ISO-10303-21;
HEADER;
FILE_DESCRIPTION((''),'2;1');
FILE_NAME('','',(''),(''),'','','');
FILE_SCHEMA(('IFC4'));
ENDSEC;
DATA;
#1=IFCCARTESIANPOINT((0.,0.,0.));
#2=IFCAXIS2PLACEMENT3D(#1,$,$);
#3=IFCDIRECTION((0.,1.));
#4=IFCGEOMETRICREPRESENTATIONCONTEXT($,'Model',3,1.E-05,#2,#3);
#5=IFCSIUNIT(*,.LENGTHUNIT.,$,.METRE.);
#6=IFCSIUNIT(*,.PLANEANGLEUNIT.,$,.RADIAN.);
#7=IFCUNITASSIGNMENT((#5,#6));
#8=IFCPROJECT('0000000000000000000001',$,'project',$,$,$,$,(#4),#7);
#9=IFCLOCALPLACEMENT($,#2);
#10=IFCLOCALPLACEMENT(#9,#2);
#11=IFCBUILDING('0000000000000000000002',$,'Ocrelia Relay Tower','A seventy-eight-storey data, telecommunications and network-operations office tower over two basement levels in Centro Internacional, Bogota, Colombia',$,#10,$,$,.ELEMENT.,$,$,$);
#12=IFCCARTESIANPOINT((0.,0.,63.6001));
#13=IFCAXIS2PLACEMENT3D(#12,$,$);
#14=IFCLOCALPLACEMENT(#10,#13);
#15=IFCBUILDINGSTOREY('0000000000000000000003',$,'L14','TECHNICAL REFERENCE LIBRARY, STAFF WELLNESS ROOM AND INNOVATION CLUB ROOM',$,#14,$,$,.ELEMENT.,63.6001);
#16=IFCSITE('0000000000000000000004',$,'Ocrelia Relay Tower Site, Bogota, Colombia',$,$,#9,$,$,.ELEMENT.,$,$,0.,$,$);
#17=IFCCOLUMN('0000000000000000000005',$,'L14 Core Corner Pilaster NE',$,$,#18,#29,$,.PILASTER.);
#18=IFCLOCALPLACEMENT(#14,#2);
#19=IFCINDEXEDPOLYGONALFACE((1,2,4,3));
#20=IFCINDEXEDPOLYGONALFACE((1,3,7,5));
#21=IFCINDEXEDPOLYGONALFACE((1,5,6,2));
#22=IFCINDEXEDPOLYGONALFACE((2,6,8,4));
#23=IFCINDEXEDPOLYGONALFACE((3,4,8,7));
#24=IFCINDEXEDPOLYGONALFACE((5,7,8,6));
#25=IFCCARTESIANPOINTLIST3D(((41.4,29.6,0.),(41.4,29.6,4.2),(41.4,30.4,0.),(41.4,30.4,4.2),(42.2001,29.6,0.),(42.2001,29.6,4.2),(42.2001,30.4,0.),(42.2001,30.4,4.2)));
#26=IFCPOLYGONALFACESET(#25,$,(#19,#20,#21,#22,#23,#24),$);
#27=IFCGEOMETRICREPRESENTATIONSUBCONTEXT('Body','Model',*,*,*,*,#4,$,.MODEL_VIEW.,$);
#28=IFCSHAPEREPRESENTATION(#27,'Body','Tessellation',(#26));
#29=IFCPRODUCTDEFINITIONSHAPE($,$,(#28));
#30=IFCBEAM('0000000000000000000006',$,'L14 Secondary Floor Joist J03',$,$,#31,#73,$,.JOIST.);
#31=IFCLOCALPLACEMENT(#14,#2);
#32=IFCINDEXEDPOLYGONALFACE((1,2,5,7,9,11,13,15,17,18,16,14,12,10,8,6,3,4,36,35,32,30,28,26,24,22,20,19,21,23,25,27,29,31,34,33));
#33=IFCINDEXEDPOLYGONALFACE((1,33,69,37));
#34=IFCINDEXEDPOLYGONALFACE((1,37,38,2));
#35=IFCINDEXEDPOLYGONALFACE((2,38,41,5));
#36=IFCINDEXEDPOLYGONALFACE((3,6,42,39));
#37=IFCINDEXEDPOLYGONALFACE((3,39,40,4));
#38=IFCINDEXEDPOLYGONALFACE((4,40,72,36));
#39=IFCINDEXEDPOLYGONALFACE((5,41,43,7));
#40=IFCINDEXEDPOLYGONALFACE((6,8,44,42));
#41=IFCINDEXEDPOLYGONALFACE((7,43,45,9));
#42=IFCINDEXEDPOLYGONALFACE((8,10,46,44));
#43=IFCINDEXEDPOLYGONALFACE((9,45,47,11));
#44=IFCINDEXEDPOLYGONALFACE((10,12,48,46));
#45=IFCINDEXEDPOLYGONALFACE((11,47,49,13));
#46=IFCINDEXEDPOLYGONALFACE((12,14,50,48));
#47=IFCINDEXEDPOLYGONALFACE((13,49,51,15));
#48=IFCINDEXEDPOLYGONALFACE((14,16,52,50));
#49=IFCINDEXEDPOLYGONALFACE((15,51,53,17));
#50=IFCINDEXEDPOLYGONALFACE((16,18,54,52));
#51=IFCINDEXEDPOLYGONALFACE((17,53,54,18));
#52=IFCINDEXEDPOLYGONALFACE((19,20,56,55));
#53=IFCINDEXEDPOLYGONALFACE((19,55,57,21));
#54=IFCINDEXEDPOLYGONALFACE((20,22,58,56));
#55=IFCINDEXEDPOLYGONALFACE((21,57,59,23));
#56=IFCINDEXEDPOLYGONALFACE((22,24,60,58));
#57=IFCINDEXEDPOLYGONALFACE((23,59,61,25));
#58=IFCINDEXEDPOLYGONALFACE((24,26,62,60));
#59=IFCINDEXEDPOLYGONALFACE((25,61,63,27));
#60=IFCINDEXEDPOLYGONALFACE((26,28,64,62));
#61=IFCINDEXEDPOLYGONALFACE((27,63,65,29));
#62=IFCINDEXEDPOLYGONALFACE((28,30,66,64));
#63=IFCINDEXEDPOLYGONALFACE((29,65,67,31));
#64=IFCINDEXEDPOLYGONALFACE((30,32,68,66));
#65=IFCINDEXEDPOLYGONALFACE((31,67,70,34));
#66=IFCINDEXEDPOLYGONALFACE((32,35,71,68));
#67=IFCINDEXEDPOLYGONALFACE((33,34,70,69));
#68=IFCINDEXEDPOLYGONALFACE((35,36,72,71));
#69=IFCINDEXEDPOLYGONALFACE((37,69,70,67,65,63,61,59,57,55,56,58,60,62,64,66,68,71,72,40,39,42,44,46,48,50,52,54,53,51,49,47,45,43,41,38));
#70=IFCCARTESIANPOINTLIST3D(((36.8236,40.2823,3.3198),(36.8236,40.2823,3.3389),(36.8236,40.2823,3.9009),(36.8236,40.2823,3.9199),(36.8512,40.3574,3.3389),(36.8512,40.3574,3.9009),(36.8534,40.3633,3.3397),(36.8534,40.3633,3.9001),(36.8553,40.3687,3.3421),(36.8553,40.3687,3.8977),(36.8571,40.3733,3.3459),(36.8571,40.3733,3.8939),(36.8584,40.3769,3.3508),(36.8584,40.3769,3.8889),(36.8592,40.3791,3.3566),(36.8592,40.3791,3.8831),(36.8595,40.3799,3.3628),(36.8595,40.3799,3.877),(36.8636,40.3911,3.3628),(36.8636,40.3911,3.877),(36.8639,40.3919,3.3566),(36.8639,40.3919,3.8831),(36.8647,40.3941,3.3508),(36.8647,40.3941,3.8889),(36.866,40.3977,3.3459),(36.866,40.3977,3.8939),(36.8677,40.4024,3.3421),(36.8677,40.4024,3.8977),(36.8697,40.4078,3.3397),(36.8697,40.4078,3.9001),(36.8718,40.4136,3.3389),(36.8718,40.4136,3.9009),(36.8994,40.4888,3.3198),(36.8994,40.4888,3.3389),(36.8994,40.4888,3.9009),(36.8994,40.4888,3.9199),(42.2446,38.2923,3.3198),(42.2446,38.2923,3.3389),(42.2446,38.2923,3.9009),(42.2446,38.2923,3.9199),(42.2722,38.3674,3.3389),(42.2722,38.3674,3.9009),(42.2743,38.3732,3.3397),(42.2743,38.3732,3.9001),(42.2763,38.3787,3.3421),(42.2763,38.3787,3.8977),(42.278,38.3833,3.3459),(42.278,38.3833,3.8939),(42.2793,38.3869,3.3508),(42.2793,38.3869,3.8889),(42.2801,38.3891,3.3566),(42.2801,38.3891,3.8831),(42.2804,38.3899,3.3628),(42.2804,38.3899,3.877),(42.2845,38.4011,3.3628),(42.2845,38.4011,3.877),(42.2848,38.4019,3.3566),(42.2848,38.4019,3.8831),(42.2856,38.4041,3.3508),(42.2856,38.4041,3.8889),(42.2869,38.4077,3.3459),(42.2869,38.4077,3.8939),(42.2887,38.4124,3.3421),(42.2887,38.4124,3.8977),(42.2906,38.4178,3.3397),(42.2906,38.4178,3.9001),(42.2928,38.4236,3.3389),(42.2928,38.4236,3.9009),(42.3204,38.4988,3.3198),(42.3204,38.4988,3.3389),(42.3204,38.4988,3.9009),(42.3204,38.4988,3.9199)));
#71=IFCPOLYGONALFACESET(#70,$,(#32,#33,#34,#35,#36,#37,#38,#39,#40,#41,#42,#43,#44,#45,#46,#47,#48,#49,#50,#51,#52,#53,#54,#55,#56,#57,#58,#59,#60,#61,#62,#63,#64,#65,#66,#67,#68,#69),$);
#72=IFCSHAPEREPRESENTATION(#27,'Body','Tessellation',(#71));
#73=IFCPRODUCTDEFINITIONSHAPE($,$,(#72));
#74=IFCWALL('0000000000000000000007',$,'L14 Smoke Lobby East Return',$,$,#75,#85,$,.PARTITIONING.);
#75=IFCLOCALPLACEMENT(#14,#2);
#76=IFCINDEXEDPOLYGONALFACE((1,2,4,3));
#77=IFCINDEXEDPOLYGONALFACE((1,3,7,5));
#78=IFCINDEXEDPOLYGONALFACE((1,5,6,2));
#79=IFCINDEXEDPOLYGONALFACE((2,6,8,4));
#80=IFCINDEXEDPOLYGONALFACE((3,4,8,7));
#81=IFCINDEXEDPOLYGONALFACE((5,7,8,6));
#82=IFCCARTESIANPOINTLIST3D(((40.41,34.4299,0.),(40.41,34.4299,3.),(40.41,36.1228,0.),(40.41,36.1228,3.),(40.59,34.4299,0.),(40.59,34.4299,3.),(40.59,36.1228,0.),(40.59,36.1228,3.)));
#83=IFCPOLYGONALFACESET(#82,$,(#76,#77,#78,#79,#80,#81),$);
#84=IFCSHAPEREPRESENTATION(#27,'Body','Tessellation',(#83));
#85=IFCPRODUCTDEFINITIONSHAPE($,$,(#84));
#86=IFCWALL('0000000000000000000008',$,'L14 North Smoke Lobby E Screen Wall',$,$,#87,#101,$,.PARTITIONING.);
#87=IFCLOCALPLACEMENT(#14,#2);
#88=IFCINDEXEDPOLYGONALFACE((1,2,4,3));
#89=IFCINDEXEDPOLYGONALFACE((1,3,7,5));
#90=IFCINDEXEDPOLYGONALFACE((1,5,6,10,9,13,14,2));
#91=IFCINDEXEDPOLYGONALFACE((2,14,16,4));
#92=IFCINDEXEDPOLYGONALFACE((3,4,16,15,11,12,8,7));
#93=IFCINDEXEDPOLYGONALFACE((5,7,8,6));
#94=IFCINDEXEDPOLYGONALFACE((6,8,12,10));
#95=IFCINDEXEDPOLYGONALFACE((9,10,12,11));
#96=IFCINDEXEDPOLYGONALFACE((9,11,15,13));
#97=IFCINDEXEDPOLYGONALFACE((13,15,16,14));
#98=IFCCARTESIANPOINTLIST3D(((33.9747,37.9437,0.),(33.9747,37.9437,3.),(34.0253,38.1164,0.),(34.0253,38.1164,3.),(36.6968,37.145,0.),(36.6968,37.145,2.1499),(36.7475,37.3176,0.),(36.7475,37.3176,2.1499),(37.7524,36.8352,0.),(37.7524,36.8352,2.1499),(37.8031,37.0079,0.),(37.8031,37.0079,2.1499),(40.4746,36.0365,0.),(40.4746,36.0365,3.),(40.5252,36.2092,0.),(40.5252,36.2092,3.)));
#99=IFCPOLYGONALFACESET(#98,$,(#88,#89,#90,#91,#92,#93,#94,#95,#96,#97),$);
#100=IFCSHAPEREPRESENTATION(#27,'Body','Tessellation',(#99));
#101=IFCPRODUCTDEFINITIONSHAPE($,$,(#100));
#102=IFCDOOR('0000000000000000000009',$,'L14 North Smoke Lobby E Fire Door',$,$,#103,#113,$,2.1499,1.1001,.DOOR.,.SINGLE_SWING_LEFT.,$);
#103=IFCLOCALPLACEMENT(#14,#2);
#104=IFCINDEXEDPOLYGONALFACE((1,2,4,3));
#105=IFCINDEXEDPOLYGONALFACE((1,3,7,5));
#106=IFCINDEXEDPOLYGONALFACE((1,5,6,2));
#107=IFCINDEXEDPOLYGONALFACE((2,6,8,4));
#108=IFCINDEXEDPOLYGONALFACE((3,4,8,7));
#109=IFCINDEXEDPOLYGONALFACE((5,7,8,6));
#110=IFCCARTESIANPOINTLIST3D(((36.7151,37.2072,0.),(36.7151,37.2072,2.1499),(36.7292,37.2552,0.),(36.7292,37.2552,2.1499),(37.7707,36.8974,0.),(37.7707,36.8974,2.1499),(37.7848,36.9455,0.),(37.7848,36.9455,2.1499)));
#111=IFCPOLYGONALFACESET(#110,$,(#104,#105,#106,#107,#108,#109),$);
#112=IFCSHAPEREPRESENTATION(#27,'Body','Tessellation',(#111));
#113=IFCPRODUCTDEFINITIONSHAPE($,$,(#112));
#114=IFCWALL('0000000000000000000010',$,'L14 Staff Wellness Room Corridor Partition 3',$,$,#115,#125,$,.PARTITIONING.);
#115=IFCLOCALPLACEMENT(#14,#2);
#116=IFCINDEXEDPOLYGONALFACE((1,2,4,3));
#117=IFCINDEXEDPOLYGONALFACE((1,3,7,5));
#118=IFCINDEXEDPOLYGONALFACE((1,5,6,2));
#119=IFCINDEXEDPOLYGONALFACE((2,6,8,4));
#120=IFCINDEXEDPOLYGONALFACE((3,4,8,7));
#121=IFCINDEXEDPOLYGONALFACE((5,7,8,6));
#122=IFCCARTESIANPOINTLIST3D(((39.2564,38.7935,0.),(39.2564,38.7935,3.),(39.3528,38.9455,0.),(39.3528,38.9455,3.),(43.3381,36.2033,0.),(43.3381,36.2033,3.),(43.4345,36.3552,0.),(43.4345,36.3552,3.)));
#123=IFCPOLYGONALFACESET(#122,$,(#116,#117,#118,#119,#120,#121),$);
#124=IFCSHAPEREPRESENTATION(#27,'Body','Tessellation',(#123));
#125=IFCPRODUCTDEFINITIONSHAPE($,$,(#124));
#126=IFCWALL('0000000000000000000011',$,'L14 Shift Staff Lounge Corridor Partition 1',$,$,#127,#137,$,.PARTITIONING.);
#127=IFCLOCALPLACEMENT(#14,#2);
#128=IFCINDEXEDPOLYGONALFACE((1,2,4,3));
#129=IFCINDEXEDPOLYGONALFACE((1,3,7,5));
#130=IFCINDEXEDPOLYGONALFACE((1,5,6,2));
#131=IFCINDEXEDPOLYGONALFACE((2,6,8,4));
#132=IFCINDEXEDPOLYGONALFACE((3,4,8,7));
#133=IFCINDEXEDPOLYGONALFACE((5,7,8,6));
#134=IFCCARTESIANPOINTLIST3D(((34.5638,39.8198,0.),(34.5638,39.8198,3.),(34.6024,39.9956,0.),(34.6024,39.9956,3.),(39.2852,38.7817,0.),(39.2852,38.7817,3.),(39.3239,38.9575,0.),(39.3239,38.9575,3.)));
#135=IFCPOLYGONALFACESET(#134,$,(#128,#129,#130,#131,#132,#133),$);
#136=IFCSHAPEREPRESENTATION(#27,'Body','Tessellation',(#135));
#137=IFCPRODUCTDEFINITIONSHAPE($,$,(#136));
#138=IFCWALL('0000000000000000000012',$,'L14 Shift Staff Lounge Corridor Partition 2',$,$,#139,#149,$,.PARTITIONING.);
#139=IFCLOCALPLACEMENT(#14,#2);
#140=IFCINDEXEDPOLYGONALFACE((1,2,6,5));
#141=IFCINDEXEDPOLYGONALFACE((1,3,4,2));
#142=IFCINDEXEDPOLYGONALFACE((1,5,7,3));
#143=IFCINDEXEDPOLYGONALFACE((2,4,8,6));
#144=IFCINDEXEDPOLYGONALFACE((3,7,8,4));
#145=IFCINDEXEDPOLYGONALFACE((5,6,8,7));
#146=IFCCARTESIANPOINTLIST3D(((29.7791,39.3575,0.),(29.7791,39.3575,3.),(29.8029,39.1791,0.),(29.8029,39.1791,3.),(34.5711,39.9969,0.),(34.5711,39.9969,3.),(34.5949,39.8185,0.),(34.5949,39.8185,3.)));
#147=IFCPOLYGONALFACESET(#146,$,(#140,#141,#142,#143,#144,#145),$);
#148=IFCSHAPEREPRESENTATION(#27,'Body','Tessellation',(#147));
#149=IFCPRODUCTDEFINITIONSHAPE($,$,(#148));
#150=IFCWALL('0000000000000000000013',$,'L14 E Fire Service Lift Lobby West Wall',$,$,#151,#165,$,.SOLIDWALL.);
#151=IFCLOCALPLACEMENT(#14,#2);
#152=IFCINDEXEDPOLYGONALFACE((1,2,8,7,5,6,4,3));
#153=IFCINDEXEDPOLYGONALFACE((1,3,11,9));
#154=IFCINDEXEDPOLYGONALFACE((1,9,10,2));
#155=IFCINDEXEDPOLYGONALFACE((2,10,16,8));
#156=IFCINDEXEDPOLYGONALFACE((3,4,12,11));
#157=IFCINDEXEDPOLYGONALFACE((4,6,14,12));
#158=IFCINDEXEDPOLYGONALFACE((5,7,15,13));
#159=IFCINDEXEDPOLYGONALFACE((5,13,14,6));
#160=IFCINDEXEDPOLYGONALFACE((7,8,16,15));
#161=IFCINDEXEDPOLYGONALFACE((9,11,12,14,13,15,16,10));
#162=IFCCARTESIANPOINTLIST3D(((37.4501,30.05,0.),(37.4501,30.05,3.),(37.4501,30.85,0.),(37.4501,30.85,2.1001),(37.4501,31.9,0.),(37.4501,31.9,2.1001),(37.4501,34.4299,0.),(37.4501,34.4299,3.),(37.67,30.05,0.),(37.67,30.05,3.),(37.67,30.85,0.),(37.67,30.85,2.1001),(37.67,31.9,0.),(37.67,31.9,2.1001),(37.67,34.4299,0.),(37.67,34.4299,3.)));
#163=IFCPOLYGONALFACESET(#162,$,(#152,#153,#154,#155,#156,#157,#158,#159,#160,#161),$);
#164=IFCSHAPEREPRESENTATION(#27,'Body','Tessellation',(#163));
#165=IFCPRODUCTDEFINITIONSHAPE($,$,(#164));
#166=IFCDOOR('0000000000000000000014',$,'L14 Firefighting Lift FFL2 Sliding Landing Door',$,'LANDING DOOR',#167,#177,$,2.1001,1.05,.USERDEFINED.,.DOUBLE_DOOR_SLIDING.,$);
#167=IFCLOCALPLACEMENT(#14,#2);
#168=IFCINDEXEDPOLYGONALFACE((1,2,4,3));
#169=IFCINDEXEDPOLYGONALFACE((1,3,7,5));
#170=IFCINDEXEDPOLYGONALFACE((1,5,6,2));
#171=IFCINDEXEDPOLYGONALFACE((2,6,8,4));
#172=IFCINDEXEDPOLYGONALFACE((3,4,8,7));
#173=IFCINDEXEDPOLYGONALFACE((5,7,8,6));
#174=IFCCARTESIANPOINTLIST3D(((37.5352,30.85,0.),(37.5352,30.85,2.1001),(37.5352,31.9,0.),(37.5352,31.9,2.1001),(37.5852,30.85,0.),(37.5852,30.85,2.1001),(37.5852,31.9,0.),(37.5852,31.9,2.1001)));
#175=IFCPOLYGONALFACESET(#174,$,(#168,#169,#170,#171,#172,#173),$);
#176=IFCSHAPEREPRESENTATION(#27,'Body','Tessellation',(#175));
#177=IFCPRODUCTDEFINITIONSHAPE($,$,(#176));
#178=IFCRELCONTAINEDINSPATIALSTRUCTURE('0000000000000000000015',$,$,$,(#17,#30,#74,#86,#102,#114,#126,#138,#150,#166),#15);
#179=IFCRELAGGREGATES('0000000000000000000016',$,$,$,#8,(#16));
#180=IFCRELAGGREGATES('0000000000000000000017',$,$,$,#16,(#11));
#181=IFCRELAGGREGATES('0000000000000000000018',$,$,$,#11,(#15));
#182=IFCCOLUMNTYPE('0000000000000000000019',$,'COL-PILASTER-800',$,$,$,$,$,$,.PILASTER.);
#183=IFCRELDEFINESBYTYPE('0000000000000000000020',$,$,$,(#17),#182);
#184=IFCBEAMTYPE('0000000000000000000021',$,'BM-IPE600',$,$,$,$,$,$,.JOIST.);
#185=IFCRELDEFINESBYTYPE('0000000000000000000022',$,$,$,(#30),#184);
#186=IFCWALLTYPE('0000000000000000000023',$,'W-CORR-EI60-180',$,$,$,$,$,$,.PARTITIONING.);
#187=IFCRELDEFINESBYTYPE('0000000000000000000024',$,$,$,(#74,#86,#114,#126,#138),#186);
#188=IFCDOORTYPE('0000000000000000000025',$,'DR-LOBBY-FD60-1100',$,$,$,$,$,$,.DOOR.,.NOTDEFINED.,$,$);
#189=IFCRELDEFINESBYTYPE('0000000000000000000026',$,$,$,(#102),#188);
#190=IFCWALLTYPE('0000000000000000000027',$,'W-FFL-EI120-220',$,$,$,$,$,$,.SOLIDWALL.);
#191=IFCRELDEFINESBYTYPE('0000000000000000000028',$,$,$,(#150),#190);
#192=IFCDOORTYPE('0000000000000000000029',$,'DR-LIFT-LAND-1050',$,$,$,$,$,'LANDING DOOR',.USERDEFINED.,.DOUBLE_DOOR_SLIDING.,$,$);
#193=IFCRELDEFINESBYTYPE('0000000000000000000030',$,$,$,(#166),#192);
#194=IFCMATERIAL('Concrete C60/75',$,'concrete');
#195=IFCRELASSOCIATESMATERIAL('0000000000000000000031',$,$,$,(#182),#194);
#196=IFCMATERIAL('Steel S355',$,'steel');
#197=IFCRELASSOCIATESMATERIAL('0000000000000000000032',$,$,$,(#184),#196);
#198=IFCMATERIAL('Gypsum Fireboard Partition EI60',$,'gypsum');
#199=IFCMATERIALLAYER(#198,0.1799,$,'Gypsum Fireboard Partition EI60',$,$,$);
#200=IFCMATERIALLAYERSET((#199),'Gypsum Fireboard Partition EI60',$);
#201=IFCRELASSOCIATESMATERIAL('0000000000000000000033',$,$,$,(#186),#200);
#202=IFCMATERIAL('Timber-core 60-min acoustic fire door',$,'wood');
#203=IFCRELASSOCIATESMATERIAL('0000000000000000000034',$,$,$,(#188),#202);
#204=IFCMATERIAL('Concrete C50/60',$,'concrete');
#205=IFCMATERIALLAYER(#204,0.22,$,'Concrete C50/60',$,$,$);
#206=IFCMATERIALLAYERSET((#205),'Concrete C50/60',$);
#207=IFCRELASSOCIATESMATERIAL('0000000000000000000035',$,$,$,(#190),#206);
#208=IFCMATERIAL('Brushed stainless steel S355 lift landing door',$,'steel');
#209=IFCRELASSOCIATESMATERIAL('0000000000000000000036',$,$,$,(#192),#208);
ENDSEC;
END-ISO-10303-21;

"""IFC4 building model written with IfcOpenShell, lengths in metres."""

from ifc_helpers import new_model, si_unit, direction, frame, frame_2d, origin, origin_2d, place, context, subcontext, project, spatial, rectangle, i_section, extrude, material, layer, layer_set, material_profile, profile_set, type_object, element, fill, save


model = new_model("IFC4")

# Units and contexts
model_context = context("Model", 3, precision=1e-05, world=origin(), true_north=direction((0.0, 1.0)))
body_context = subcontext(model_context, "Body", "Model", "MODEL_VIEW")
ifc_project = project(units=[si_unit("LENGTHUNIT", "METRE"), si_unit("PLANEANGLEUNIT", "RADIAN")], contexts=[model_context])

# Site, building, storey
site_placement = place(None, origin())
site = spatial("IfcSite", under=ifc_project, at=site_placement, Name="Ocrelia Relay Tower Site, Bogota, Colombia", CompositionType="ELEMENT", RefElevation=0.0)
building_placement = place(site_placement, origin())
building = spatial("IfcBuilding", under=site, at=building_placement, Name="Ocrelia Relay Tower", Description="A seventy-eight-storey data, telecommunications and network-operations office tower over two basement levels in Centro Internacional, Bogota, Colombia", CompositionType="ELEMENT")
storey_placement = place(building_placement, frame((0.0, 0.0, 63.6001)))
storey = spatial("IfcBuildingStorey", under=building, at=storey_placement, Name="L14", Description="TECHNICAL REFERENCE LIBRARY, STAFF WELLNESS ROOM AND INNOVATION CLUB ROOM", CompositionType="ELEMENT", Elevation=63.6001)

# Column
ifc_material_1 = material(Name="Concrete C60/75", Category="concrete")
ifc_material_profile_1 = material_profile(ifc_material_1, rectangle(XDim=0.8, YDim=0.8, at=origin_2d()), Name="RC-COL-800x800")
ifc_profile_set_1 = profile_set([ifc_material_profile_1], Name="Concrete C60/75")
column_type = type_object("IfcColumnType", Name="COL-PILASTER-800", PredefinedType="PILASTER", material=ifc_profile_set_1)
column_placement = place(storey_placement, frame((41.8, 30.0, 0.0), z_axis=(0.0, 0.0, 1.0), x_axis=(1.0, 0.0, 0.0)))
element("IfcColumn", 1, at=column_placement, inside=storey, type_object=column_type, Name="L14 Core Corner Pilaster NE", PredefinedType="PILASTER", context=body_context, shape_type="SweptSolid", body=[
    extrude(rectangle(XDim=0.8, YDim=0.8, at=origin_2d()), origin(), (0.0, 0.0, 1.0), 4.2),
])

# Beam
ifc_material_2 = material(Name="Steel S355", Category="steel")
ifc_material_profile_2 = material_profile(ifc_material_2, i_section(OverallWidth=0.22, OverallDepth=0.6001, WebThickness=0.012, FlangeThickness=0.019, FilletRadius=0.0239, at=origin_2d()), Name="IPE 600")
ifc_profile_set_2 = profile_set([ifc_material_profile_2], Name="Steel S355")
beam_type = type_object("IfcBeamType", Name="BM-IPE600", PredefinedType="JOIST", material=ifc_profile_set_2)
beam_placement = place(storey_placement, frame((42.2825, 38.3955, 3.6199), z_axis=(-0.938746, 0.34461, 0.0), x_axis=(-0.34461, -0.938746, 0.0)))
element("IfcBeam", 2, at=beam_placement, inside=storey, type_object=beam_type, Name="L14 Secondary Floor Joist J03", PredefinedType="JOIST", context=body_context, shape_type="SweptSolid", body=[
    extrude(i_section(OverallWidth=0.22, OverallDepth=0.6001, WebThickness=0.012, FlangeThickness=0.019, FilletRadius=0.0239, at=origin_2d()), origin(), (0.0, 0.0, 1.0), 5.7747),
])

# Wall
ifc_material_3 = material(Name="Gypsum Fireboard Partition EI60", Category="gypsum")
ifc_layer_1 = layer(ifc_material_3, 0.1799, Name="Gypsum Fireboard Partition EI60")
ifc_layer_set_1 = layer_set([ifc_layer_1], Name="Gypsum Fireboard Partition EI60")
wall_type_1 = type_object("IfcWallType", Name="W-CORR-EI60-180", PredefinedType="PARTITIONING", material=ifc_layer_set_1)
wall_1_placement = place(storey_placement, frame((40.5, 36.1228, 0.0), z_axis=(0.0, 0.0, 1.0), x_axis=(0.0, -1.0, 0.0)))
element("IfcWall", 3, at=wall_1_placement, inside=storey, type_object=wall_type_1, Name="L14 Smoke Lobby East Return", PredefinedType="PARTITIONING", context=body_context, shape_type="SweptSolid", body=[
    extrude(rectangle(XDim=1.6929, YDim=0.1799, at=frame_2d((0.8464, 0.0))), origin(), (0.0, 0.0, 1.0), 3.0),
])

# Wall, opening, door
wall_2_placement = place(storey_placement, frame((34.0, 38.03, 0.0), z_axis=(0.0, 0.0, 1.0), x_axis=(0.959547, -0.28155, 0.0)))
wall_2 = element("IfcWall", 4, at=wall_2_placement, inside=storey, type_object=wall_type_1, Name="L14 North Smoke Lobby E Screen Wall", PredefinedType="PARTITIONING", context=body_context, shape_type="SweptSolid", body=[
    extrude(rectangle(XDim=6.7739, YDim=0.1799, at=frame_2d((3.387, 0.0))), origin(), (0.0, 0.0, 1.0), 3.0),
])
opening_1_placement = place(wall_2_placement, frame((2.8369, 0.0, 0.0)))
opening_1 = element("IfcOpeningElement", 5, at=opening_1_placement, cuts=wall_2, PredefinedType="OPENING", context=body_context, shape_type="SweptSolid", body=[
    extrude(rectangle(XDim=1.1001, YDim=2.1499, at=frame_2d((0.55, 1.075))), frame((0.0, 0.1001, 0.0), z_axis=(0.0, -1.0, 0.0), x_axis=(1.0, 0.0, 0.0)), (0.0, 0.0, 1.0), 0.2),
])
ifc_material_4 = material(Name="Timber-core 60-min acoustic fire door", Category="wood")
door_type_1 = type_object("IfcDoorType", Name="DR-LOBBY-FD60-1100", OperationType="NOTDEFINED", PredefinedType="DOOR", material=ifc_material_4)
door_1_placement = place(opening_1_placement, origin())
door_1 = element("IfcDoor", 6, at=door_1_placement, inside=storey, type_object=door_type_1, Name="L14 North Smoke Lobby E Fire Door", OperationType="SINGLE_SWING_LEFT", OverallHeight=2.1499, OverallWidth=1.1001, PredefinedType="DOOR", context=body_context, shape_type="SweptSolid", body=[
    extrude(rectangle(XDim=1.1001, YDim=2.1499, at=frame_2d((0.55, 1.075))), frame((0.0, 0.0249, 0.0), z_axis=(0.0, -1.0, 0.0), x_axis=(1.0, 0.0, 0.0)), (0.0, 0.0, 1.0), 0.05),
])
fill(opening_1, door_1)

# Walls
for number, where, z_axis, x_axis, name in (
    (7, (43.3862, 36.2793, 0.0), (0.0, 0.0, 1.0), (-0.844332, 0.53582, 0.0), "L14 Staff Wellness Room Corridor Partition 3"),
    (8, (39.3044, 38.8696, 0.0), (0.0, 0.0, 1.0), (-0.976672, 0.214737, 0.0), "L14 Shift Staff Lounge Corridor Partition 1"),
):
    element("IfcWall", number, at=place(storey_placement, frame(where, z_axis=z_axis, x_axis=x_axis)), inside=storey, type_object=wall_type_1, Name=name, PredefinedType="PARTITIONING", context=body_context, shape_type="SweptSolid", body=[
        extrude(rectangle(XDim=4.8342, YDim=0.1799, at=frame_2d((2.417, 0.0))), origin(), (0.0, 0.0, 1.0), 3.0),
    ])
wall_3_placement = place(storey_placement, frame((34.583, 39.9077, 0.0), z_axis=(0.0, 0.0, 1.0), x_axis=(-0.991215, -0.13226, 0.0)))
element("IfcWall", 9, at=wall_3_placement, inside=storey, type_object=wall_type_1, Name="L14 Shift Staff Lounge Corridor Partition 2", PredefinedType="PARTITIONING", context=body_context, shape_type="SweptSolid", body=[
    extrude(rectangle(XDim=4.8345, YDim=0.1799, at=frame_2d((2.4172, 0.0))), origin(), (0.0, 0.0, 1.0), 3.0),
])

# Wall, opening, door
ifc_material_5 = material(Name="Concrete C50/60", Category="concrete")
ifc_layer_2 = layer(ifc_material_5, 0.22, Name="Concrete C50/60")
ifc_layer_set_2 = layer_set([ifc_layer_2], Name="Concrete C50/60")
wall_type_2 = type_object("IfcWallType", Name="W-FFL-EI120-220", PredefinedType="SOLIDWALL", material=ifc_layer_set_2)
wall_4_placement = place(storey_placement, frame((37.5601, 30.05, 0.0), z_axis=(0.0, 0.0, 1.0), x_axis=(0.0, 1.0, 0.0)))
wall_4 = element("IfcWall", 10, at=wall_4_placement, inside=storey, type_object=wall_type_2, Name="L14 E Fire Service Lift Lobby West Wall", PredefinedType="SOLIDWALL", context=body_context, shape_type="SweptSolid", body=[
    extrude(rectangle(XDim=4.3799, YDim=0.22, at=frame_2d((2.1899, 0.0))), origin(), (0.0, 0.0, 1.0), 3.0),
])
opening_2_placement = place(wall_4_placement, frame((0.8, 0.0, 0.0)))
opening_2 = element("IfcOpeningElement", 11, at=opening_2_placement, cuts=wall_4, PredefinedType="OPENING", context=body_context, shape_type="SweptSolid", body=[
    extrude(rectangle(XDim=1.05, YDim=2.1001, at=frame_2d((0.5249, 1.05))), frame((0.0, 0.1201, 0.0), z_axis=(0.0, -1.0, 0.0), x_axis=(1.0, 0.0, 0.0)), (0.0, 0.0, 1.0), 0.24),
])
ifc_material_6 = material(Name="Brushed stainless steel S355 lift landing door", Category="steel")
door_type_2 = type_object("IfcDoorType", Name="DR-LIFT-LAND-1050", ElementType="LANDING DOOR", OperationType="DOUBLE_DOOR_SLIDING", PredefinedType="USERDEFINED", material=ifc_material_6)
door_2_placement = place(opening_2_placement, origin())
door_2 = element("IfcDoor", 12, at=door_2_placement, inside=storey, type_object=door_type_2, Name="L14 Firefighting Lift FFL2 Sliding Landing Door", ObjectType="LANDING DOOR", OperationType="DOUBLE_DOOR_SLIDING", OverallHeight=2.1001, OverallWidth=1.05, PredefinedType="USERDEFINED", context=body_context, shape_type="SweptSolid", body=[
    extrude(rectangle(XDim=1.05, YDim=2.1001, at=frame_2d((0.5249, 1.05))), frame((0.0, 0.0249, 0.0), z_axis=(0.0, -1.0, 0.0), x_axis=(1.0, 0.0, 0.0)), (0.0, 0.0, 1.0), 0.05),
])
fill(opening_2, door_2)

save(model, "model.ifc")
